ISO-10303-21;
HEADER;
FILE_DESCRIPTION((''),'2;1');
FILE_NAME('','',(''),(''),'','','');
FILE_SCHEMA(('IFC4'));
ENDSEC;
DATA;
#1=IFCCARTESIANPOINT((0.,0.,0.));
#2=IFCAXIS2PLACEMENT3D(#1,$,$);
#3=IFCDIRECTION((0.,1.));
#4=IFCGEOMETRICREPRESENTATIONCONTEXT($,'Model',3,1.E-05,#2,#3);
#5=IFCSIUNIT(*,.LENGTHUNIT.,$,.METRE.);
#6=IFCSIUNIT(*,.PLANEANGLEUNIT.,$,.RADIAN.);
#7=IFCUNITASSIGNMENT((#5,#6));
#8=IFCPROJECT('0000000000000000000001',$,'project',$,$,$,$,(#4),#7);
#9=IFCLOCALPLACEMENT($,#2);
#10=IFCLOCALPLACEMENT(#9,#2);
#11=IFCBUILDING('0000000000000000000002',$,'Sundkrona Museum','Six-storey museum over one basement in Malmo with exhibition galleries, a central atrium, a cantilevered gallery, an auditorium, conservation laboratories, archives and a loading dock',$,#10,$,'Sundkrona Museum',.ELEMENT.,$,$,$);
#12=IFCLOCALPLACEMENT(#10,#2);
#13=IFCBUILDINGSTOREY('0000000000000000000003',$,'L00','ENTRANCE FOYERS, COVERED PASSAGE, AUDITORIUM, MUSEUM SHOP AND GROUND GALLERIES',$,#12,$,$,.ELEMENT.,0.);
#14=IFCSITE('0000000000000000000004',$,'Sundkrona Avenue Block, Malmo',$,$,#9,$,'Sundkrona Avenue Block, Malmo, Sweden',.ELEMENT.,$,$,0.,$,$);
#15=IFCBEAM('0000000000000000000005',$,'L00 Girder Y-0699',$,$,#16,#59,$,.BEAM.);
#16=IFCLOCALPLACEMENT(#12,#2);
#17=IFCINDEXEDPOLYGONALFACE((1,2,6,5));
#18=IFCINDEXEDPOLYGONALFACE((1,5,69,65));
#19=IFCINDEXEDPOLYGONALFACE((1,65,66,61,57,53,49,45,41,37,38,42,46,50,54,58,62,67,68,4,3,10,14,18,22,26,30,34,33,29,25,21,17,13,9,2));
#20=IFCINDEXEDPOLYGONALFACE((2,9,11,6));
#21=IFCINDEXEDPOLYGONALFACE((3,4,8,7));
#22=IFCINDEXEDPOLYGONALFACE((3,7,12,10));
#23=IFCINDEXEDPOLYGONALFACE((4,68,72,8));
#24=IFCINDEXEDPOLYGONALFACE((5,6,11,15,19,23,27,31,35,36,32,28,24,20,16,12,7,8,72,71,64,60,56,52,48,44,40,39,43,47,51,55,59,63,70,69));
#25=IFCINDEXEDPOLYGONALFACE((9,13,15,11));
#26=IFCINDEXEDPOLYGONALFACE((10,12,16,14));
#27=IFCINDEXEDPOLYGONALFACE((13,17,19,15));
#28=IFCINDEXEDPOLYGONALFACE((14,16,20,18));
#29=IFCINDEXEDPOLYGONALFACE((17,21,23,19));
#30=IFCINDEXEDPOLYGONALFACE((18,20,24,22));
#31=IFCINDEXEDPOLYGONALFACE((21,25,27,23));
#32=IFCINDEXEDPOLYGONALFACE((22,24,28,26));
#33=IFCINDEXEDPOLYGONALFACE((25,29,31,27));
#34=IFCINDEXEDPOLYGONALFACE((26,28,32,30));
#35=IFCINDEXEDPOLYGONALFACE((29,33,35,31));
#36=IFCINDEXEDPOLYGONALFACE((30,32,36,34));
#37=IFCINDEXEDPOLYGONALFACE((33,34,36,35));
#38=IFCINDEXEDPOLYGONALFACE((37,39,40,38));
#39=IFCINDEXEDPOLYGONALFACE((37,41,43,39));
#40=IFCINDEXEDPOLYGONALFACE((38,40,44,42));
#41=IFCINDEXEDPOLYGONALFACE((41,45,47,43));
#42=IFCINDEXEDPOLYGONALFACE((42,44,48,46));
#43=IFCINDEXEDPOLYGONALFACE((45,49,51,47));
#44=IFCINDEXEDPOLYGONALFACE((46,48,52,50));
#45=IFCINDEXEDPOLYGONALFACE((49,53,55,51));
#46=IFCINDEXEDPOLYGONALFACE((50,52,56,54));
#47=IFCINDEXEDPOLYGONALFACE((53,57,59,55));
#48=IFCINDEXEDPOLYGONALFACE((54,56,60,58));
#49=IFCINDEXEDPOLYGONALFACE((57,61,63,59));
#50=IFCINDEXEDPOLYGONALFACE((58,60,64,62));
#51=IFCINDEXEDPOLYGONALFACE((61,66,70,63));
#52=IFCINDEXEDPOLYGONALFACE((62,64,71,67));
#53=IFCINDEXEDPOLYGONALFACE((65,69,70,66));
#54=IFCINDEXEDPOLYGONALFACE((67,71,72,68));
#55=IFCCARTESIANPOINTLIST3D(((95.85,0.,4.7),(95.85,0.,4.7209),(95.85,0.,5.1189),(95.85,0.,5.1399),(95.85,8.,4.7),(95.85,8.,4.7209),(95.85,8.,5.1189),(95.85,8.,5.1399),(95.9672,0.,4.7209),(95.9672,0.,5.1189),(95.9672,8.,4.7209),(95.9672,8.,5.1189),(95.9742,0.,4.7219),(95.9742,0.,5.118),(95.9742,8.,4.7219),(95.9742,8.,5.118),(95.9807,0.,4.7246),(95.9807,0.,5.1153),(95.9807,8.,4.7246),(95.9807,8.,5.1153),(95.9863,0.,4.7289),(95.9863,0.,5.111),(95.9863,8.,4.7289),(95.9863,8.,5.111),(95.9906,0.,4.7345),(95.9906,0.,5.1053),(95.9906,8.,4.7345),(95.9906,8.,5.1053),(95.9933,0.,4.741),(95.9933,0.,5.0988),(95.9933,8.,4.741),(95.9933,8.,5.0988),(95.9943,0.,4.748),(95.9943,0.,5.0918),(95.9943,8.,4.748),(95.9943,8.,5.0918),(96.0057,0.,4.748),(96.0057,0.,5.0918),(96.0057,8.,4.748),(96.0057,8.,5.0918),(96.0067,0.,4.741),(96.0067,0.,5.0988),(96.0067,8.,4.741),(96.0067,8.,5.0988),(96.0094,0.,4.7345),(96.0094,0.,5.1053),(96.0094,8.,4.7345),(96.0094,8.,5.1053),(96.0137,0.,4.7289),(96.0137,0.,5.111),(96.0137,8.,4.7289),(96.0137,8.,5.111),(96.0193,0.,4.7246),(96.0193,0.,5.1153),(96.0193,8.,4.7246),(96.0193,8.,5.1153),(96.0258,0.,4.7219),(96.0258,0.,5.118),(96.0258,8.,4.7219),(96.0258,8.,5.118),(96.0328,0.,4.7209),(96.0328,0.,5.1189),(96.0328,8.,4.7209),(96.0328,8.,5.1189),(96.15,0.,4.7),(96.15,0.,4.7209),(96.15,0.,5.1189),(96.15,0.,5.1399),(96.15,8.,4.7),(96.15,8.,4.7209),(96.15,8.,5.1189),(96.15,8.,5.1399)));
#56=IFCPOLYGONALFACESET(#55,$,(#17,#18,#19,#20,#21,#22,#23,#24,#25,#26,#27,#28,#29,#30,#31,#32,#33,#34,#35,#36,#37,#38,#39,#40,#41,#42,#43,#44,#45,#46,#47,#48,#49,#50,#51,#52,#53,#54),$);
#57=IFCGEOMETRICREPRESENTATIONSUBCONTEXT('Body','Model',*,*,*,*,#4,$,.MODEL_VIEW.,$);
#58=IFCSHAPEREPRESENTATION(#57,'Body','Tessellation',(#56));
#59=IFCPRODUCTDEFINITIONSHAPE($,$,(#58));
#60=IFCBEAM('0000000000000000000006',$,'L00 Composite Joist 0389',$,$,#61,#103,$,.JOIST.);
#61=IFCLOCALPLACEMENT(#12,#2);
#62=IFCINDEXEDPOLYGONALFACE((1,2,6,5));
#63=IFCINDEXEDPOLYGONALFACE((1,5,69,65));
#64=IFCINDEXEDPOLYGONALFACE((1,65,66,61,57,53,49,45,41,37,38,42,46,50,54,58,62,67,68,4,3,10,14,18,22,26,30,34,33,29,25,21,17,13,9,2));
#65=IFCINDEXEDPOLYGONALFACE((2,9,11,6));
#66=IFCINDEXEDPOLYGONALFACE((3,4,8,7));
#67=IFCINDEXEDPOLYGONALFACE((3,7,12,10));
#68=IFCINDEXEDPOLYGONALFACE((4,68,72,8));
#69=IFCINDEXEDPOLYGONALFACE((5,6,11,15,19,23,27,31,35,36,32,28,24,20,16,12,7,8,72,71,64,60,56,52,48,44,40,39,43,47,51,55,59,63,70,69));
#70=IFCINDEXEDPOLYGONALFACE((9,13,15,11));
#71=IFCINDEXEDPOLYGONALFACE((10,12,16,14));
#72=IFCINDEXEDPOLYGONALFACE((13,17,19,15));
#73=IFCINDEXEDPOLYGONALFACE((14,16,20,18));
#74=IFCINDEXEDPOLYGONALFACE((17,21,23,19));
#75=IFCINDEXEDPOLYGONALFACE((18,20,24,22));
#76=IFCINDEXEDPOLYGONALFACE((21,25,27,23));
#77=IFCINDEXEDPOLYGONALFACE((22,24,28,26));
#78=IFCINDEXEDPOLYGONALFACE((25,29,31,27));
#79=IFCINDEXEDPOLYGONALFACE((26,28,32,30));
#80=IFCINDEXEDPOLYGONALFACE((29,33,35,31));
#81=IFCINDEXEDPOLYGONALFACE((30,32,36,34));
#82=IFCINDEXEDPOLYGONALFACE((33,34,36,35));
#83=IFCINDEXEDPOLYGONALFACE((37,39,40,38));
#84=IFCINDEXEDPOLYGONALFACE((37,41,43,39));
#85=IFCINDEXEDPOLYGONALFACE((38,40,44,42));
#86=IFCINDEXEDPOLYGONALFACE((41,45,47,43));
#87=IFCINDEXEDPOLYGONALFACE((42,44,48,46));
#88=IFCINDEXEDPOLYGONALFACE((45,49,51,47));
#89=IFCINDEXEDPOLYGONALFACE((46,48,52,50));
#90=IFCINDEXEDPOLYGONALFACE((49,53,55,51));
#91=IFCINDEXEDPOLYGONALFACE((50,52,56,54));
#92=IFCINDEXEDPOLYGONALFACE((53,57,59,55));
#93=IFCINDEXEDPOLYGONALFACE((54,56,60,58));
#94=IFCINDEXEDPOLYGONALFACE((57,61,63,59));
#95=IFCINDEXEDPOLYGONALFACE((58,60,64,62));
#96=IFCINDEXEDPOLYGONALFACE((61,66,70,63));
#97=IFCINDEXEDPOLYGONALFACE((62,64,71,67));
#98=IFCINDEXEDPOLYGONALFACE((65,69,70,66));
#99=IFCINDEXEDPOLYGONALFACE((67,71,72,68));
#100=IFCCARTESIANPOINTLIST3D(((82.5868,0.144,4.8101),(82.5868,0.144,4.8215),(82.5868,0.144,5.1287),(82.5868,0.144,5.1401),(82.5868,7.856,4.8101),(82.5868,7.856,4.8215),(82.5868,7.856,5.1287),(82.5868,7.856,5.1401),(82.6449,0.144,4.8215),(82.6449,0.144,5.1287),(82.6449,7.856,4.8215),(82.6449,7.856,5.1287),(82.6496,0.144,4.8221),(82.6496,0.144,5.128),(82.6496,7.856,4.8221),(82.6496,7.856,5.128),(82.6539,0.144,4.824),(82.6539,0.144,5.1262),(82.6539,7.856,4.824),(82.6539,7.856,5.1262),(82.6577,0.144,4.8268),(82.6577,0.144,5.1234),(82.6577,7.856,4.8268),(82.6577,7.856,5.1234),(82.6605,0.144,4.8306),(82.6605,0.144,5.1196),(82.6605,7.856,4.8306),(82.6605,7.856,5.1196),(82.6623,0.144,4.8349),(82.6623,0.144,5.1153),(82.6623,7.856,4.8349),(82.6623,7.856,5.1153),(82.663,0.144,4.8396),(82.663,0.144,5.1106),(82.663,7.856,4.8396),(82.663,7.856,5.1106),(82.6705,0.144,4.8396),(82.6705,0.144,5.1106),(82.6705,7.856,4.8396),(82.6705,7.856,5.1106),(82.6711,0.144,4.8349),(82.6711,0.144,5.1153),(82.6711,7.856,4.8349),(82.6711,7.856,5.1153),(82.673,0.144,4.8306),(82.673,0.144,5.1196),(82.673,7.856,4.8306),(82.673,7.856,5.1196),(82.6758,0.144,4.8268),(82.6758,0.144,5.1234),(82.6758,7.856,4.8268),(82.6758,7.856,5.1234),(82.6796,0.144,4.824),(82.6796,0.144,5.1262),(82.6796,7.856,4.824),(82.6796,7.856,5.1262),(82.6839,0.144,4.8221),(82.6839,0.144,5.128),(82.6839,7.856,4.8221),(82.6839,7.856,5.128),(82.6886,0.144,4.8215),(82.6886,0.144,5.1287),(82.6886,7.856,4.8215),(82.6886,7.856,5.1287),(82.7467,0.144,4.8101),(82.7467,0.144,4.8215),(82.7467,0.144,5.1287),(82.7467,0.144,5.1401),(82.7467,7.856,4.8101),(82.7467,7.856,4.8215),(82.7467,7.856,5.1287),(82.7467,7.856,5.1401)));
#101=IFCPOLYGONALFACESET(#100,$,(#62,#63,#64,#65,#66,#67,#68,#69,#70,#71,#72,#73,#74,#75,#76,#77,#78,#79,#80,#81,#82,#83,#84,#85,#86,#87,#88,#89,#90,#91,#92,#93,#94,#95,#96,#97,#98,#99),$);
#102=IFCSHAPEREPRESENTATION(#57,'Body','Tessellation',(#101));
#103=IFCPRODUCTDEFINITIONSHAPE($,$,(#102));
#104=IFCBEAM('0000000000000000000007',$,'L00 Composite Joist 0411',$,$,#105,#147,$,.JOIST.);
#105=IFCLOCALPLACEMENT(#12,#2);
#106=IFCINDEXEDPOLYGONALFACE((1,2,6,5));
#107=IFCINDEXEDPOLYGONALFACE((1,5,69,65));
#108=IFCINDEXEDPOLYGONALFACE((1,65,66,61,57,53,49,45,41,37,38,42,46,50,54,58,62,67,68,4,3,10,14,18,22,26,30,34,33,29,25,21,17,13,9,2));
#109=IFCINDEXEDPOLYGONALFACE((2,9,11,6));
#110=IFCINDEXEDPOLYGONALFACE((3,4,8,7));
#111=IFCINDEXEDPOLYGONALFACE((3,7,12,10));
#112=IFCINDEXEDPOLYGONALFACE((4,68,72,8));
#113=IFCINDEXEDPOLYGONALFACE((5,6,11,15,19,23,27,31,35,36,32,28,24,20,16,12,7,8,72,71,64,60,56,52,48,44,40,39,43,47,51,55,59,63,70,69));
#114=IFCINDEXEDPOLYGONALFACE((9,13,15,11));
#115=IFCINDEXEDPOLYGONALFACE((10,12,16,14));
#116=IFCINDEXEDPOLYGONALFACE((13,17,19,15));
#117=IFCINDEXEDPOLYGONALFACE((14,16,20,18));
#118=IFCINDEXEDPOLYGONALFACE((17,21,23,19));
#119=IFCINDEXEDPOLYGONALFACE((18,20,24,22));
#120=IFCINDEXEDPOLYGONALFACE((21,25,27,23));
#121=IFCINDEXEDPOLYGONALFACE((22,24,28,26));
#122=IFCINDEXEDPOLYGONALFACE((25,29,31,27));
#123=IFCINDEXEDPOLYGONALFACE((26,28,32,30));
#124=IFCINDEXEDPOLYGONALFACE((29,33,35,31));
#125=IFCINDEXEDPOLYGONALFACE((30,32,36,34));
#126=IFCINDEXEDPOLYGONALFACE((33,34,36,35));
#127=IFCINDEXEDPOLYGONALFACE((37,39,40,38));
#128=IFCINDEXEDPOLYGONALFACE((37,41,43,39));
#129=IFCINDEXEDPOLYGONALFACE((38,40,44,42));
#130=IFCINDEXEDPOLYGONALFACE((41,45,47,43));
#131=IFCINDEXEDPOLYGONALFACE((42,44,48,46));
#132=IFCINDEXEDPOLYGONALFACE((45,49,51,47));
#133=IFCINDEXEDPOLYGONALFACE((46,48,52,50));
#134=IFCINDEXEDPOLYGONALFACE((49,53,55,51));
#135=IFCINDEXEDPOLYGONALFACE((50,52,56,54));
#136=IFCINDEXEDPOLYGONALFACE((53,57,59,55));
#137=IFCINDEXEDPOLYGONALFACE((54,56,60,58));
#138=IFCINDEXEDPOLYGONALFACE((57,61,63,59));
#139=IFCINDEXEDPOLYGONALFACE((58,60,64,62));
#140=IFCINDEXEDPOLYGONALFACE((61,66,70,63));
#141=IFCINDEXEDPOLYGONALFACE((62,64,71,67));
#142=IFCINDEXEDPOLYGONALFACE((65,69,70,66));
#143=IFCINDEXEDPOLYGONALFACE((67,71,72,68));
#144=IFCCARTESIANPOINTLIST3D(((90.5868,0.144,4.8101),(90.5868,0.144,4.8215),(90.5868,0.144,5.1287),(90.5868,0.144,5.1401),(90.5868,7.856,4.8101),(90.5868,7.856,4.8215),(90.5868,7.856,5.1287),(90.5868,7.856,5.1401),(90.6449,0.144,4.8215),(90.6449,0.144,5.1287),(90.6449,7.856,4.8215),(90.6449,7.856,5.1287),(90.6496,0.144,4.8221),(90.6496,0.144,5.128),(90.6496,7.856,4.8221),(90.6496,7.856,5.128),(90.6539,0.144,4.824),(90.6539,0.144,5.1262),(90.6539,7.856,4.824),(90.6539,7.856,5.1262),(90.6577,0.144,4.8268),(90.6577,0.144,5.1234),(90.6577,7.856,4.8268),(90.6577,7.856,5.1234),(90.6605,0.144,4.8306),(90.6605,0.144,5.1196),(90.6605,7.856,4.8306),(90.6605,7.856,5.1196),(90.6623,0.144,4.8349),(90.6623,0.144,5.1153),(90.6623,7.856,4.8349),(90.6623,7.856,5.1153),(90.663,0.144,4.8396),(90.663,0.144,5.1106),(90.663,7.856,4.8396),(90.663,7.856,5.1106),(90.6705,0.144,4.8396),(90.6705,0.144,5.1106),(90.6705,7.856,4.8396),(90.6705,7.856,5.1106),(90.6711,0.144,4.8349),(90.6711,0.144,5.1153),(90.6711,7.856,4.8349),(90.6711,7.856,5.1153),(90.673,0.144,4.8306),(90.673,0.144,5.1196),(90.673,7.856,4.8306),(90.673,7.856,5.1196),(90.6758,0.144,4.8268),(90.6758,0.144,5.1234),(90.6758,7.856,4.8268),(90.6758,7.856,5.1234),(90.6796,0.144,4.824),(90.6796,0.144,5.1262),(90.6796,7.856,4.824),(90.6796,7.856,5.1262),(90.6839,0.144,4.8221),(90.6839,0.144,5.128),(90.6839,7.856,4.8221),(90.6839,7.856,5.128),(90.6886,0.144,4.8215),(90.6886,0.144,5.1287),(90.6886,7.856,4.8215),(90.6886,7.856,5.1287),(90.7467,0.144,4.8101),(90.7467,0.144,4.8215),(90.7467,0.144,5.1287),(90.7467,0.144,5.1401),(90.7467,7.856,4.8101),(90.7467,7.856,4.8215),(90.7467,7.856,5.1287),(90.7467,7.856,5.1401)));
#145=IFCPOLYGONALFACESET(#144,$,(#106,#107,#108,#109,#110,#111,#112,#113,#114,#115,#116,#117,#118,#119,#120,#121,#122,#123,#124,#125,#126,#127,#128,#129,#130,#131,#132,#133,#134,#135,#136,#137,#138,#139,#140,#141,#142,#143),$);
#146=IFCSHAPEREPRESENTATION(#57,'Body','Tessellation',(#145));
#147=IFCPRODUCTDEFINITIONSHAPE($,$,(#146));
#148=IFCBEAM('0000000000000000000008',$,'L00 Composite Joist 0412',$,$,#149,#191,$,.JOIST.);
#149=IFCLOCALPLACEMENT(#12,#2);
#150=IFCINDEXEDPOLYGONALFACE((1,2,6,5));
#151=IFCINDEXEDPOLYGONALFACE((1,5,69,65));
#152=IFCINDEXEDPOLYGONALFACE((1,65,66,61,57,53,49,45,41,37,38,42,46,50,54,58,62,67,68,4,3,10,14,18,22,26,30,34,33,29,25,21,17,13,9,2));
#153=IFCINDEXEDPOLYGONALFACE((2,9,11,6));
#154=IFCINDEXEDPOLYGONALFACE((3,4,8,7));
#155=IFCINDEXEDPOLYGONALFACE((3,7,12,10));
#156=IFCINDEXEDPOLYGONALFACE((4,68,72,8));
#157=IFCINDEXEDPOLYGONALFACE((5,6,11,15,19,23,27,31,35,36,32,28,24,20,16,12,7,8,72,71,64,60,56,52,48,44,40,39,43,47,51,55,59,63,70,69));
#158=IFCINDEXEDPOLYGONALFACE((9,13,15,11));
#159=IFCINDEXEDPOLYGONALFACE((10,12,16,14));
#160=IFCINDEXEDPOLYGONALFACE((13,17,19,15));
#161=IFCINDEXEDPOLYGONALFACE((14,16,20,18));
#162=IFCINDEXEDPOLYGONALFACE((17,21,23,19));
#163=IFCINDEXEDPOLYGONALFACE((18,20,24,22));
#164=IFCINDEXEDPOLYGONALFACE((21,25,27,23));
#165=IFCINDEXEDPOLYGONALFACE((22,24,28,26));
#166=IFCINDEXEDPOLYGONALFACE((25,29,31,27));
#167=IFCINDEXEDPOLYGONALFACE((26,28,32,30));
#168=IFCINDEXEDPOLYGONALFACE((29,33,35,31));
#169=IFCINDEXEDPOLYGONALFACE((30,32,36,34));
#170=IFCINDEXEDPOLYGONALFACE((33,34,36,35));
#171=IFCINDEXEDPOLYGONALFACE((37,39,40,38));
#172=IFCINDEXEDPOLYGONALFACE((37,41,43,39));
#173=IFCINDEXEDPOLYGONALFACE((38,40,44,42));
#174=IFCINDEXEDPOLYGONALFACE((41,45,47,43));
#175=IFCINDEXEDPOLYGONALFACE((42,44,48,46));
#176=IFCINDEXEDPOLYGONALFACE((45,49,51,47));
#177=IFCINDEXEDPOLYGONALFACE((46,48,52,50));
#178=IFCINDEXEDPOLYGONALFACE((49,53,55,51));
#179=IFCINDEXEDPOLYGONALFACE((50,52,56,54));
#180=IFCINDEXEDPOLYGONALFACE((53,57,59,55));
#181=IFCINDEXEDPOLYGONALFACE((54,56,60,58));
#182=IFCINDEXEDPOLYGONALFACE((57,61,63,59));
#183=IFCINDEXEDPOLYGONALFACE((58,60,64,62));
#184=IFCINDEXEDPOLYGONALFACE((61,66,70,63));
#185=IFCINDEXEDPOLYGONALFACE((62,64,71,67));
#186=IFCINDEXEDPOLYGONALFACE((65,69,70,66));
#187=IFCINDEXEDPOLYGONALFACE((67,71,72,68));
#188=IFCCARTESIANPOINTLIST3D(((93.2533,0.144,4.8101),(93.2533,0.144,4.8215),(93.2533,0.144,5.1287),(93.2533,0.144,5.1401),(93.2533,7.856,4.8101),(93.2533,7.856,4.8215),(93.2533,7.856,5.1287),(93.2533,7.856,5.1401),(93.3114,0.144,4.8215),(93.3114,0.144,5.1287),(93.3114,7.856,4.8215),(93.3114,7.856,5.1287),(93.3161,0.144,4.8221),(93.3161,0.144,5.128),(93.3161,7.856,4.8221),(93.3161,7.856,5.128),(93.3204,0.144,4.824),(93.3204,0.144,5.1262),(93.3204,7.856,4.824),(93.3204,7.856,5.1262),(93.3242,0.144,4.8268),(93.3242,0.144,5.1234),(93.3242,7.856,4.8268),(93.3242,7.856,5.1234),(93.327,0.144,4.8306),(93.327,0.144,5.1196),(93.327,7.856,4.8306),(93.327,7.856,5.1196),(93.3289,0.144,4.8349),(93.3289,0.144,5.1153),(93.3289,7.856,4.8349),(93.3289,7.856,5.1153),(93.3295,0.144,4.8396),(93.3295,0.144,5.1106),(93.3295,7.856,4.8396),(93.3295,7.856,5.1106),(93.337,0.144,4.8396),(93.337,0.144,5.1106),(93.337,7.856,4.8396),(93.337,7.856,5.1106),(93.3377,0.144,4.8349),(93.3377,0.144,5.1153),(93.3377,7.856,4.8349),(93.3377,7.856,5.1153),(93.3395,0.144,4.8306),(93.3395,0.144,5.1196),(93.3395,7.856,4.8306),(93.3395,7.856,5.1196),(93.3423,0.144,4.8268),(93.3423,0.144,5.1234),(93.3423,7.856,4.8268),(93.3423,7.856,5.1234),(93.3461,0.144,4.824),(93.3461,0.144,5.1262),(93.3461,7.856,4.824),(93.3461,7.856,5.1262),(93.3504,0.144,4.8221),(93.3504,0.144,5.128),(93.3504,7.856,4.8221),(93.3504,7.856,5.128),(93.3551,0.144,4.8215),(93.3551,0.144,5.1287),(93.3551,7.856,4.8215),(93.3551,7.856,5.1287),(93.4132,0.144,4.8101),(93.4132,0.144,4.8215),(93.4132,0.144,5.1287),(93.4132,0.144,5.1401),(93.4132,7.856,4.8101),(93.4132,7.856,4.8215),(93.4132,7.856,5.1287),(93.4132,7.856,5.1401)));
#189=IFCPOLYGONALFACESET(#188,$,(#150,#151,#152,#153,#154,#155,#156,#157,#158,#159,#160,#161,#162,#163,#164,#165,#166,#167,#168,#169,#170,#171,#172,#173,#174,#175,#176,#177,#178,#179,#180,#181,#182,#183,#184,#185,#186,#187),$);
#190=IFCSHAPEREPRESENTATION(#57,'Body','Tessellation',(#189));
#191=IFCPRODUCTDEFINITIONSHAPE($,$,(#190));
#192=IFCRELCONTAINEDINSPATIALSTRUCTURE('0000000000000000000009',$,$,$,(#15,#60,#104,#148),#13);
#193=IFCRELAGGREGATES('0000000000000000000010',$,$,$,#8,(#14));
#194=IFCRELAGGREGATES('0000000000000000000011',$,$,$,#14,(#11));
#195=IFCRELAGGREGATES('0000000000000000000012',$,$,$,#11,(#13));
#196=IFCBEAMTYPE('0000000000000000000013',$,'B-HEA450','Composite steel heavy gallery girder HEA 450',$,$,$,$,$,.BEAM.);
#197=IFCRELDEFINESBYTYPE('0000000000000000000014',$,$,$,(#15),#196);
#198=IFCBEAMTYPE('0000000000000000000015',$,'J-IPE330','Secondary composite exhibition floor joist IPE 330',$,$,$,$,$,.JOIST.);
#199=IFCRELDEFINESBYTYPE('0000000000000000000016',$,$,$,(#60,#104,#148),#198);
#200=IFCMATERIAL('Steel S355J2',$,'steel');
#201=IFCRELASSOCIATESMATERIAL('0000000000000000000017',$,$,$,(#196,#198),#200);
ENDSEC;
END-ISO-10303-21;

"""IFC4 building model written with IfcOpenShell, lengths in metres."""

from ifc_helpers import new_model, si_unit, direction, frame, origin, origin_2d, place, context, subcontext, project, spatial, i_section, extrude, material, material_profile, profile_set, type_object, element, save


model = new_model("IFC4")

# Units and contexts
model_context = context("Model", 3, precision=1e-05, world=origin(), true_north=direction((0.0, 1.0)))
body_context = subcontext(model_context, "Body", "Model", "MODEL_VIEW")
ifc_project = project(units=[si_unit("LENGTHUNIT", "METRE"), si_unit("PLANEANGLEUNIT", "RADIAN")], contexts=[model_context])

# Site, building, storey
site_placement = place(None, origin())
site = spatial("IfcSite", under=ifc_project, at=site_placement, Name="Sundkrona Avenue Block, Malmo", LongName="Sundkrona Avenue Block, Malmo, Sweden", CompositionType="ELEMENT", RefElevation=0.0)
building_placement = place(site_placement, origin())
building = spatial("IfcBuilding", under=site, at=building_placement, Name="Sundkrona Museum", Description="Six-storey museum over one basement in Malmo with exhibition galleries, a central atrium, a cantilevered gallery, an auditorium, conservation laboratories, archives and a loading dock", LongName="Sundkrona Museum", CompositionType="ELEMENT")
storey_placement = place(building_placement, origin())
storey = spatial("IfcBuildingStorey", under=building, at=storey_placement, Name="L00", Description="ENTRANCE FOYERS, COVERED PASSAGE, AUDITORIUM, MUSEUM SHOP AND GROUND GALLERIES", CompositionType="ELEMENT", Elevation=0.0)

# Shared definitions
ifc_material_1 = material(Name="Steel S355J2", Category="steel")

# Beams
ifc_material_profile_1 = material_profile(ifc_material_1, i_section(OverallWidth=0.3, OverallDepth=0.4399, WebThickness=0.0115, FlangeThickness=0.021, FilletRadius=0.0271, at=origin_2d()), Name="HEA 450")
ifc_profile_set_1 = profile_set([ifc_material_profile_1], Name="Steel S355J2")
beam_type_1 = type_object("IfcBeamType", Name="B-HEA450", Description="Composite steel heavy gallery girder HEA 450", PredefinedType="BEAM", material=ifc_profile_set_1)
for number, where, z_axis, x_axis, name in (
    (1, (96.0, 0.0, 4.9199), (0.0, 1.0, 0.0), (-1.0, 0.0, 0.0), "L00 Girder Y-0699"),
):
    element("IfcBeam", number, at=place(storey_placement, frame(where, z_axis=z_axis, x_axis=x_axis)), inside=storey, type_object=beam_type_1, Name=name, PredefinedType="BEAM", context=body_context, shape_type="SweptSolid", body=[
        extrude(i_section(OverallWidth=0.3, OverallDepth=0.4399, WebThickness=0.0115, FlangeThickness=0.021, FilletRadius=0.0271, at=origin_2d()), origin(), (0.0, 0.0, 1.0), 8.0),
    ])
ifc_material_profile_2 = material_profile(ifc_material_1, i_section(OverallWidth=0.1599, OverallDepth=0.3301, WebThickness=0.0076, FlangeThickness=0.0115, FilletRadius=0.0181, at=origin_2d()), Name="IPE 330")
ifc_profile_set_2 = profile_set([ifc_material_profile_2], Name="Steel S355J2")
beam_type_2 = type_object("IfcBeamType", Name="J-IPE330", Description="Secondary composite exhibition floor joist IPE 330", PredefinedType="JOIST", material=ifc_profile_set_2)
for number, where, z_axis, x_axis, name in (
    (2, (82.6667, 0.144, 4.9751), (0.0, 1.0, 0.0), (-1.0, 0.0, 0.0), "L00 Composite Joist 0389"),
    (3, (90.6667, 0.144, 4.9751), (0.0, 1.0, 0.0), (-1.0, 0.0, 0.0), "L00 Composite Joist 0411"),
    (4, (93.3333, 0.144, 4.9751), (0.0, 1.0, 0.0), (-1.0, 0.0, 0.0), "L00 Composite Joist 0412"),
):
    element("IfcBeam", number, at=place(storey_placement, frame(where, z_axis=z_axis, x_axis=x_axis)), inside=storey, type_object=beam_type_2, Name=name, PredefinedType="JOIST", context=body_context, shape_type="SweptSolid", body=[
        extrude(i_section(OverallWidth=0.1599, OverallDepth=0.3301, WebThickness=0.0076, FlangeThickness=0.0115, FilletRadius=0.0181, at=origin_2d()), origin(), (0.0, 0.0, 1.0), 7.7119),
    ])

save(model, "model.ifc")
